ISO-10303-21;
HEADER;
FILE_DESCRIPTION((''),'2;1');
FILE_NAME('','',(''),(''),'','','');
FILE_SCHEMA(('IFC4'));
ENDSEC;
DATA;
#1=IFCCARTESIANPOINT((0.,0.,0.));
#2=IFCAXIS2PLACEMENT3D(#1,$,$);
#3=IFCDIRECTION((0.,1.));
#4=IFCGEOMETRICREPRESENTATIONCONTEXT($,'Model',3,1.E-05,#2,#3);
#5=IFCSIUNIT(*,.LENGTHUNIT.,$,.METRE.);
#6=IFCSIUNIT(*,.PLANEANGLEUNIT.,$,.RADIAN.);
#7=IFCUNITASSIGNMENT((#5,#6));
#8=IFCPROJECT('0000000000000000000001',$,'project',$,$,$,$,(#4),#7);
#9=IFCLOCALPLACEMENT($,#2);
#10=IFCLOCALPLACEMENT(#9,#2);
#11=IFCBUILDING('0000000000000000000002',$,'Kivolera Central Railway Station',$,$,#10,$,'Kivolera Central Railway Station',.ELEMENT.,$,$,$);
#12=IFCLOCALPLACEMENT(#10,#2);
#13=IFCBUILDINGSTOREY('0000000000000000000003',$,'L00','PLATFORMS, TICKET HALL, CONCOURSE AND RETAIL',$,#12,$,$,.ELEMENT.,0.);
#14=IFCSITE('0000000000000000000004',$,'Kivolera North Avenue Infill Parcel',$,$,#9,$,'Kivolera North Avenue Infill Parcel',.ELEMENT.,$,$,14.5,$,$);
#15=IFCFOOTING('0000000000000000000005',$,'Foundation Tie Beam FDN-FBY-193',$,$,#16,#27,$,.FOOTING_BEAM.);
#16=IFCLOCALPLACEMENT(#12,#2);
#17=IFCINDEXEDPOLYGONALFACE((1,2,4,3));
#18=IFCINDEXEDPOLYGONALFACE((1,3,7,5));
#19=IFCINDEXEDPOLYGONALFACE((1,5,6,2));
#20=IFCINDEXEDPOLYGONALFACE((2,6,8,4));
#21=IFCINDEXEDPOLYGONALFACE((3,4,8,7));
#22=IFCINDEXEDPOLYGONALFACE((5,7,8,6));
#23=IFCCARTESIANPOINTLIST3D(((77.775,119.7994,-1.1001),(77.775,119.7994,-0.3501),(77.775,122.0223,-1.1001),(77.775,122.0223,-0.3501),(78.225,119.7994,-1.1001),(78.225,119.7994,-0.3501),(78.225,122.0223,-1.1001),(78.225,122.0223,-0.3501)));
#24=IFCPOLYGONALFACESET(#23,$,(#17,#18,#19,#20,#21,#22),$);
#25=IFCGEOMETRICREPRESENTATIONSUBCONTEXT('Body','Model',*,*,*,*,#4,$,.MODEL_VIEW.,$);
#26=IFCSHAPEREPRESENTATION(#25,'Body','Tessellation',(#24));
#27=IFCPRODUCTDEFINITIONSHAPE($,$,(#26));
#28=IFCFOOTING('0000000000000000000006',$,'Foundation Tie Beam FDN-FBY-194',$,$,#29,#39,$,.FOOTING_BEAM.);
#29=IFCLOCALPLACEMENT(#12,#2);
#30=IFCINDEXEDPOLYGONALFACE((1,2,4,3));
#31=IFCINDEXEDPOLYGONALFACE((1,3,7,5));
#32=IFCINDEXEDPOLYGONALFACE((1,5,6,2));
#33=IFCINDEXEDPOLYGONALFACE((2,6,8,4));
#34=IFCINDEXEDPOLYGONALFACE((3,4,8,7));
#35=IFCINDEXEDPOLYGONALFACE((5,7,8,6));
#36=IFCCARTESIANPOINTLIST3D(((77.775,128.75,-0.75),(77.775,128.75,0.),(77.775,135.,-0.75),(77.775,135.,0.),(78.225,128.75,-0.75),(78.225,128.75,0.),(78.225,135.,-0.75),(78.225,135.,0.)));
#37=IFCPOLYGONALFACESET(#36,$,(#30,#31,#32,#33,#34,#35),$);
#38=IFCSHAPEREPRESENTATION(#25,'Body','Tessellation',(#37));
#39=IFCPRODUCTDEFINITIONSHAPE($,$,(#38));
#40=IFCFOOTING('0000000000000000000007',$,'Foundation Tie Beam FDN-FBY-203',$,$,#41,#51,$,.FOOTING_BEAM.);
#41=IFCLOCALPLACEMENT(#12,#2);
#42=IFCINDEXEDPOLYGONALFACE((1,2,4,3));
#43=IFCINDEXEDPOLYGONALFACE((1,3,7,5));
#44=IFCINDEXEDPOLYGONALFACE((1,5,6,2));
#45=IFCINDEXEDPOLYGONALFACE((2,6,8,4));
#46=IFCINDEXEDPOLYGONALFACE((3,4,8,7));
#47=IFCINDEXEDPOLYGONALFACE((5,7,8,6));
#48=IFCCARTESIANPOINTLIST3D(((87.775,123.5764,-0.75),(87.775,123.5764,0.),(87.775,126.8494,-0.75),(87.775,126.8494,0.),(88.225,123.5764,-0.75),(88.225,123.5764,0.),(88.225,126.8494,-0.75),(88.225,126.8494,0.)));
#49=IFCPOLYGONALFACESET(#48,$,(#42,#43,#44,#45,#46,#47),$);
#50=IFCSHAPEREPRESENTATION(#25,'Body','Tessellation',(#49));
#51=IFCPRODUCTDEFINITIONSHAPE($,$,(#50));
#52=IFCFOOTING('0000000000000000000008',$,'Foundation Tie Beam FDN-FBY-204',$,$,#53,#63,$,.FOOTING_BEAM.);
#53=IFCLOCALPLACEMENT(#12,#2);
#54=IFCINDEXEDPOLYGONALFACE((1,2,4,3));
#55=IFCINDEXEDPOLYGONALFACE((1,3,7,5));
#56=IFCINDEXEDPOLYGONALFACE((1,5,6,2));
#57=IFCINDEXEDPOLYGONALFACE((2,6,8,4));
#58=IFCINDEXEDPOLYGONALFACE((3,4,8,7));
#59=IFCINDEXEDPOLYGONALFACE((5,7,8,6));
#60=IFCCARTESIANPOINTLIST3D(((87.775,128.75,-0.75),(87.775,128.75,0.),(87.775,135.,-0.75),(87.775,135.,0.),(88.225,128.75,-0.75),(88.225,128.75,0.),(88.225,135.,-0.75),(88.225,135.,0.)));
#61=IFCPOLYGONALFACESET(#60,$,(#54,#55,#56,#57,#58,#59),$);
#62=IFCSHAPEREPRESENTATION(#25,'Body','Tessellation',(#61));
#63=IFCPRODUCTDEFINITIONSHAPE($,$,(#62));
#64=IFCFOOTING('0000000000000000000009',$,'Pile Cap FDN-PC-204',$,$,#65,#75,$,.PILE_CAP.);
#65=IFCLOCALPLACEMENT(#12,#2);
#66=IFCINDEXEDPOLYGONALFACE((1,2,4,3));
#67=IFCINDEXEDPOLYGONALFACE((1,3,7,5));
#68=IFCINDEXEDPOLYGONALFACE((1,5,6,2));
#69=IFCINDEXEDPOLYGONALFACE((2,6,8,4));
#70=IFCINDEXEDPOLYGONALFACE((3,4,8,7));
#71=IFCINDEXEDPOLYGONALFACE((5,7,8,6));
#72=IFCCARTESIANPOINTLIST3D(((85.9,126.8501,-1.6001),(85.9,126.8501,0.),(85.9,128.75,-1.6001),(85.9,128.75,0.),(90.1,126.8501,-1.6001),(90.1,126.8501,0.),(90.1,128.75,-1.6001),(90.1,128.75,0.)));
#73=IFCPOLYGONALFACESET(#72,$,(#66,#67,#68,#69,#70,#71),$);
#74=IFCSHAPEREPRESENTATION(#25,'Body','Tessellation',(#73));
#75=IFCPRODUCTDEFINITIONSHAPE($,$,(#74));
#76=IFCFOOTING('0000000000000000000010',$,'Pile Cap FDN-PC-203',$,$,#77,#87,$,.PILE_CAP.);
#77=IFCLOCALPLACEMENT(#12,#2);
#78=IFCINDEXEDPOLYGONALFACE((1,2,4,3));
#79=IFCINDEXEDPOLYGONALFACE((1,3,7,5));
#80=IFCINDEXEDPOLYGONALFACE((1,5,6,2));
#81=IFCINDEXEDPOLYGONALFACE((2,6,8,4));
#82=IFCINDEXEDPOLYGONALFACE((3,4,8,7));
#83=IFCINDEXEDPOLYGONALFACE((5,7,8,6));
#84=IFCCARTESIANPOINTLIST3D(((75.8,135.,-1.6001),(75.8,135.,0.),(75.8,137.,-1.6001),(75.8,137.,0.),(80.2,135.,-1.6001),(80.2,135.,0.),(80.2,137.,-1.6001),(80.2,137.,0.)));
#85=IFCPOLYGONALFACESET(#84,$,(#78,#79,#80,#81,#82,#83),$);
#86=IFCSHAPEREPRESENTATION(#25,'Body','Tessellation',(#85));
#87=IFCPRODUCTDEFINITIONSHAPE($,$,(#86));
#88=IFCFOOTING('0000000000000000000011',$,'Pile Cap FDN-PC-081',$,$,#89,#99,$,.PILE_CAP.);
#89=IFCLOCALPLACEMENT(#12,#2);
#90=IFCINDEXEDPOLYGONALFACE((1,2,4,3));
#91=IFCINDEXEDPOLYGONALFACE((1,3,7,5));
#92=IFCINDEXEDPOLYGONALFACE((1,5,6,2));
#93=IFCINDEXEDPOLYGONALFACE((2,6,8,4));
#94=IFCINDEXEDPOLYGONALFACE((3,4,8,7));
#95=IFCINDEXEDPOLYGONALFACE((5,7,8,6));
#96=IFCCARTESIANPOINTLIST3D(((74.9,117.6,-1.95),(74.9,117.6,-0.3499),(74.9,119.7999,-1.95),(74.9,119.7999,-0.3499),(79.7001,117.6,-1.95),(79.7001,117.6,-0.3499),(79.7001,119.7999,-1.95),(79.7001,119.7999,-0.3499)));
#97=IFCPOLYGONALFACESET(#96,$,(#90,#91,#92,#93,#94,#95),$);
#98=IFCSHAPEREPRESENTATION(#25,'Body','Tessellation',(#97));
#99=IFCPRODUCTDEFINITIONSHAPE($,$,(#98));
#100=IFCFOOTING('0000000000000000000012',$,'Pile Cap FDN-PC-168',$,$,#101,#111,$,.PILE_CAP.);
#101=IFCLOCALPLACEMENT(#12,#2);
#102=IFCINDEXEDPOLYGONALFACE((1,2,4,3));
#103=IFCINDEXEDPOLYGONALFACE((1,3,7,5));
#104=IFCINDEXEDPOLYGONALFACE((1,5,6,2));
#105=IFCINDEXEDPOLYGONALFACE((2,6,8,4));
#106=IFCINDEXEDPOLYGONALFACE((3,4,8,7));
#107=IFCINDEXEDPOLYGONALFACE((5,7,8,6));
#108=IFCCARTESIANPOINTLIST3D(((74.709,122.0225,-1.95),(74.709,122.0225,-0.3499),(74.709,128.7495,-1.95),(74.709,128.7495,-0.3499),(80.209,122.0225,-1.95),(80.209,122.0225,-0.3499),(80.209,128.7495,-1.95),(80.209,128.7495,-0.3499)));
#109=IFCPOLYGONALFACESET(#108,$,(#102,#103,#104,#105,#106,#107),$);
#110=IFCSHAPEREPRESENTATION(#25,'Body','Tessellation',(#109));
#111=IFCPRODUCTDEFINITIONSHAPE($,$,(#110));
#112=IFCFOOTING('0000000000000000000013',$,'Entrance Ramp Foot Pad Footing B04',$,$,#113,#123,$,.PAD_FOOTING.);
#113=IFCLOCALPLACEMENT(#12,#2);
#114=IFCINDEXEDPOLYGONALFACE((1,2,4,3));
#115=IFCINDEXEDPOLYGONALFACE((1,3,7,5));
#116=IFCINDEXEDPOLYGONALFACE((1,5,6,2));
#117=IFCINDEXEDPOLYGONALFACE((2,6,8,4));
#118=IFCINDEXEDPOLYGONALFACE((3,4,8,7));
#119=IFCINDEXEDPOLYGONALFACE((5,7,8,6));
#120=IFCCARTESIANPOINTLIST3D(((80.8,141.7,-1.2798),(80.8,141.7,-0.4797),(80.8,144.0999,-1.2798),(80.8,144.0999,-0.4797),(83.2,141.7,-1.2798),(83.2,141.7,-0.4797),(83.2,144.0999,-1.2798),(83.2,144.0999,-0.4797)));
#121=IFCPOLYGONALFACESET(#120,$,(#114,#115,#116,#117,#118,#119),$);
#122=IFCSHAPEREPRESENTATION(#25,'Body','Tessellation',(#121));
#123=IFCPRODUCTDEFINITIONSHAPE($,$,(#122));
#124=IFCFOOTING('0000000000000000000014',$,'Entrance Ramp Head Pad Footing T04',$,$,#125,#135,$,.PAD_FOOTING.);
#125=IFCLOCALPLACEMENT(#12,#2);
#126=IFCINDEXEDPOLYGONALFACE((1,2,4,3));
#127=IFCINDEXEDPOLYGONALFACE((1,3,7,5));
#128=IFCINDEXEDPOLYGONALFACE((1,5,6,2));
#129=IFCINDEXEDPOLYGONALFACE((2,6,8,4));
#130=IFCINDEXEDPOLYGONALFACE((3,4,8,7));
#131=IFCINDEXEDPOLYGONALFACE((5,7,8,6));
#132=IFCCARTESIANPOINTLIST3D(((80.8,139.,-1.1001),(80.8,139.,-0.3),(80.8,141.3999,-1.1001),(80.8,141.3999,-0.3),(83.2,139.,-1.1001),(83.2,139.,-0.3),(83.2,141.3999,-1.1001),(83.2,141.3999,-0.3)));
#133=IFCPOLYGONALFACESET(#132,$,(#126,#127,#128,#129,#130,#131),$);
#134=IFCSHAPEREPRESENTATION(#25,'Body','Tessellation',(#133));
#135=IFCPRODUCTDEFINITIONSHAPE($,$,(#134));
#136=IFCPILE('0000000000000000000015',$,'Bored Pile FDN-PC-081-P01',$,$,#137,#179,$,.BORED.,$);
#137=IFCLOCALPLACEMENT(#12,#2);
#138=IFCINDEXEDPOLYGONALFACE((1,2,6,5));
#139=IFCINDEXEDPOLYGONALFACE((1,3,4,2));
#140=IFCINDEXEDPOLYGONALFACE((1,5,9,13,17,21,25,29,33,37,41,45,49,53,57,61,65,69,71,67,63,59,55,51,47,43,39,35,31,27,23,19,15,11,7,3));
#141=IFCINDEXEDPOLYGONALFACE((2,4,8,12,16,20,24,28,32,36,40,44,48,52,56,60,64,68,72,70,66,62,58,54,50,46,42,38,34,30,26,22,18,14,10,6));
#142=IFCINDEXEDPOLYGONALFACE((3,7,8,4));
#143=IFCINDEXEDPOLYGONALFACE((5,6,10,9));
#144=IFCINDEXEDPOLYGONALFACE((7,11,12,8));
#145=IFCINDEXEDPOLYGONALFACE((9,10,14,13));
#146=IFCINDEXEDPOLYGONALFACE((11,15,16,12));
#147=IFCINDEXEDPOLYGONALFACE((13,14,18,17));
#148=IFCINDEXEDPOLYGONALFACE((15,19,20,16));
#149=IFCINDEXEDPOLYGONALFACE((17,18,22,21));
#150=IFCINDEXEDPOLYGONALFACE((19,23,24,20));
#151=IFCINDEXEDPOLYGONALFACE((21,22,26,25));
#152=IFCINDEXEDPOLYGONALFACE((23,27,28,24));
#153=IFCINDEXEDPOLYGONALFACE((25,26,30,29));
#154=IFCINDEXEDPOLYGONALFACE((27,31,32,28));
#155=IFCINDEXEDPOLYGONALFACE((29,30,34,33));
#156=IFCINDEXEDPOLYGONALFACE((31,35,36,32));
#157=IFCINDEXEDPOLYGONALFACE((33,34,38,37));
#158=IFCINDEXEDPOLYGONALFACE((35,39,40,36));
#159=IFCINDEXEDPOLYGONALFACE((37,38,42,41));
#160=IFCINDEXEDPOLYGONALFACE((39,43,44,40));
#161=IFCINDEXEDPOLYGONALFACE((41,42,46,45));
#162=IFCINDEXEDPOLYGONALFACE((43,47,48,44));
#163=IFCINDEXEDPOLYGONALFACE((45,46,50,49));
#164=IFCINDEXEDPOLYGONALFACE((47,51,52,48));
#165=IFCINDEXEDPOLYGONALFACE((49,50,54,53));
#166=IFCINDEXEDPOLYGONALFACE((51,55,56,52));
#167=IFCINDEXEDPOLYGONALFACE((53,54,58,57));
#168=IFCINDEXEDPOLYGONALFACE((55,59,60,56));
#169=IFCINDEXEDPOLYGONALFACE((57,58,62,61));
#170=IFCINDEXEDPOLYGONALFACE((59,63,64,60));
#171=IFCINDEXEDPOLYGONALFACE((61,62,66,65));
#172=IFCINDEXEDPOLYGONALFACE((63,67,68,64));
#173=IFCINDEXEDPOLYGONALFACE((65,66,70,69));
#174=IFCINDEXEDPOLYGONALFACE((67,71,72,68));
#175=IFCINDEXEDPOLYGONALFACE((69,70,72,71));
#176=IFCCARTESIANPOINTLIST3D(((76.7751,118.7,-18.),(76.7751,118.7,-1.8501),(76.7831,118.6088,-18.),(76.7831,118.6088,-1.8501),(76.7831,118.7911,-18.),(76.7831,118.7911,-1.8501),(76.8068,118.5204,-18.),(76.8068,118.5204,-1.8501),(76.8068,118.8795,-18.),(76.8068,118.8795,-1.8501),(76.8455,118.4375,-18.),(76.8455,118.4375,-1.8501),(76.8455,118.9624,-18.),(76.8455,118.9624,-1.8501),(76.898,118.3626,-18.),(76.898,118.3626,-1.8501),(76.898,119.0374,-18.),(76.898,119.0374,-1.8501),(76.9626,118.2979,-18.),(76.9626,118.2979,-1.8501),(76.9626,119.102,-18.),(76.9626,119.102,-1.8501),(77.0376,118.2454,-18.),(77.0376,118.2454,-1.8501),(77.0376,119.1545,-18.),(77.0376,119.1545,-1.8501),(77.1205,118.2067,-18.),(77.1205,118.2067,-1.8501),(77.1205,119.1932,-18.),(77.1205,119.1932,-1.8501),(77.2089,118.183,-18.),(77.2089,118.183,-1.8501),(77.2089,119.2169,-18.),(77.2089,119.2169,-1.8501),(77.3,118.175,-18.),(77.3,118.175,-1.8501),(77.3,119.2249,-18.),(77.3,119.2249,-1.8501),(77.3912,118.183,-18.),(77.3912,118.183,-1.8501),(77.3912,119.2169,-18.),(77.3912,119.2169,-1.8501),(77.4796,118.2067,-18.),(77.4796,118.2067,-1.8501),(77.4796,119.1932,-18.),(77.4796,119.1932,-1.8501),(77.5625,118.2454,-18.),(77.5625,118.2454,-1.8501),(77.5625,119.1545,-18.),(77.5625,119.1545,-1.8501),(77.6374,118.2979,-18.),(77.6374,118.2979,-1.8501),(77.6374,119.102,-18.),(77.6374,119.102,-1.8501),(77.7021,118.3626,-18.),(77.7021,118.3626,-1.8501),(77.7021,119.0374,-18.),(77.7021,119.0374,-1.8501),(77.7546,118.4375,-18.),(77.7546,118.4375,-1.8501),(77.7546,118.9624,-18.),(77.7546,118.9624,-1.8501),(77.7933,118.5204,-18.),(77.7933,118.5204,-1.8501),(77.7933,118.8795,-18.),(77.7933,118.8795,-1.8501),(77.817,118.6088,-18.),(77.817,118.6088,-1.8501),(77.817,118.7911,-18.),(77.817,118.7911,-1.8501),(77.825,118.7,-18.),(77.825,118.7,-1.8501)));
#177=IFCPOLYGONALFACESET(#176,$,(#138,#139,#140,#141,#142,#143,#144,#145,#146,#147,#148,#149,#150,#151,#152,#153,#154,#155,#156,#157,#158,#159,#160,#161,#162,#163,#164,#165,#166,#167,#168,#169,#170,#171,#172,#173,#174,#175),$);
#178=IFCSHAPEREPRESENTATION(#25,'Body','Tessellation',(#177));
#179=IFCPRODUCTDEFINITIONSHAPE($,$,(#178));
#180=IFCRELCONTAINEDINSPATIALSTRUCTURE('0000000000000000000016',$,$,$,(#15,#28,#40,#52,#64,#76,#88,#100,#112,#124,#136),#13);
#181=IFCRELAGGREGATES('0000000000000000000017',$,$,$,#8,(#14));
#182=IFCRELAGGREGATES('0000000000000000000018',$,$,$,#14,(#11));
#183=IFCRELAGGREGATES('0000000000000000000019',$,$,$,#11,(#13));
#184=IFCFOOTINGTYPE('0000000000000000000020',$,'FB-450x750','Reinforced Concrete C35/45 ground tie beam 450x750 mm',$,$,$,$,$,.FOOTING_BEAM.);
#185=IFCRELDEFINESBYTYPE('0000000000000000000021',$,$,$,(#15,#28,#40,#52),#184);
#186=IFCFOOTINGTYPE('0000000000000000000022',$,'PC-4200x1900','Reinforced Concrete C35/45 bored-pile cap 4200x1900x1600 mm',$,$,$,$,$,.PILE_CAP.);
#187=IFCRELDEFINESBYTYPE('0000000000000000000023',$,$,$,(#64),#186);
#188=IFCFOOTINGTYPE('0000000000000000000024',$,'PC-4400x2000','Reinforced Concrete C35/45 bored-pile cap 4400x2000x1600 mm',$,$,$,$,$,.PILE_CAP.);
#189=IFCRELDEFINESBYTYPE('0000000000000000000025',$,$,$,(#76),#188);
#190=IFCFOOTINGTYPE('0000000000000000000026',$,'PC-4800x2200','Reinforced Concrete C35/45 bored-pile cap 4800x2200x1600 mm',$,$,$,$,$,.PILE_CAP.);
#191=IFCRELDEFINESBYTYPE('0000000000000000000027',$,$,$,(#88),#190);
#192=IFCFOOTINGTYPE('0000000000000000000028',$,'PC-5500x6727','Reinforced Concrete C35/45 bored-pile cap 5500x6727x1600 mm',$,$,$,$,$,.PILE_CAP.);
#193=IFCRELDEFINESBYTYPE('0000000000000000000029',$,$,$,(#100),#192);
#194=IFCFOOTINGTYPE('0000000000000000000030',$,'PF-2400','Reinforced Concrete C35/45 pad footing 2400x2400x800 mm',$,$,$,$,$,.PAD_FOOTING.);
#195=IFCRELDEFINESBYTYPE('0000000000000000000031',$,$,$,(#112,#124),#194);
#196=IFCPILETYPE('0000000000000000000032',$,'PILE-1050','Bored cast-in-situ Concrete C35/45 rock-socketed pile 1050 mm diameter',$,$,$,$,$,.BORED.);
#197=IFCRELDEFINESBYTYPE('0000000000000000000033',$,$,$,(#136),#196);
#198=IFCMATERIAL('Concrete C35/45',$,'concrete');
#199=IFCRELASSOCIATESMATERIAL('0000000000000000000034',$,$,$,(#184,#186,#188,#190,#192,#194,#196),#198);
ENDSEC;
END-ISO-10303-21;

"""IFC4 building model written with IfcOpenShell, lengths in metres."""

from ifc_helpers import new_model, si_unit, direction, frame, origin, origin_2d, place, context, subcontext, project, spatial, rectangle, circle, extrude, material, material_profile, profile_set, type_object, element, save


model = new_model("IFC4")

# Units and contexts
model_context = context("Model", 3, precision=1e-05, world=origin(), true_north=direction((0.0, 1.0)))
body_context = subcontext(model_context, "Body", "Model", "MODEL_VIEW")
ifc_project = project(units=[si_unit("LENGTHUNIT", "METRE"), si_unit("PLANEANGLEUNIT", "RADIAN")], contexts=[model_context])

# Site, building, storey
site_placement = place(None, origin())
site = spatial("IfcSite", under=ifc_project, at=site_placement, Name="Kivolera North Avenue Infill Parcel", LongName="Kivolera North Avenue Infill Parcel", CompositionType="ELEMENT", RefElevation=14.5)
building_placement = place(site_placement, origin())
building = spatial("IfcBuilding", under=site, at=building_placement, Name="Kivolera Central Railway Station", LongName="Kivolera Central Railway Station", CompositionType="ELEMENT")
storey_placement = place(building_placement, origin())
storey = spatial("IfcBuildingStorey", under=building, at=storey_placement, Name="L00", Description="PLATFORMS, TICKET HALL, CONCOURSE AND RETAIL", CompositionType="ELEMENT", Elevation=0.0)

# Footings
ifc_material_1 = material(Name="Concrete C35/45", Category="concrete")
footing_type_1 = type_object("IfcFootingType", Name="FB-450x750", Description="Reinforced Concrete C35/45 ground tie beam 450x750 mm", PredefinedType="FOOTING_BEAM", material=ifc_material_1)
footing_1_placement = place(storey_placement, frame((78.0, 120.9109, -1.1001), z_axis=(0.0, 0.0, 1.0), x_axis=(1.0, 0.0, 0.0)))
element("IfcFooting", 1, at=footing_1_placement, inside=storey, type_object=footing_type_1, Name="Foundation Tie Beam FDN-FBY-193", PredefinedType="FOOTING_BEAM", context=body_context, shape_type="SweptSolid", body=[
    extrude(rectangle(XDim=0.45, YDim=2.2229, at=origin_2d()), origin(), (0.0, 0.0, 1.0), 0.75),
])
footing_2_placement = place(storey_placement, frame((78.0, 131.875, -0.75), z_axis=(0.0, 0.0, 1.0), x_axis=(1.0, 0.0, 0.0)))
element("IfcFooting", 2, at=footing_2_placement, inside=storey, type_object=footing_type_1, Name="Foundation Tie Beam FDN-FBY-194", PredefinedType="FOOTING_BEAM", context=body_context, shape_type="SweptSolid", body=[
    extrude(rectangle(XDim=0.45, YDim=6.25, at=origin_2d()), origin(), (0.0, 0.0, 1.0), 0.75),
])
footing_3_placement = place(storey_placement, frame((88.0, 125.2129, -0.75), z_axis=(0.0, 0.0, 1.0), x_axis=(1.0, 0.0, 0.0)))
element("IfcFooting", 3, at=footing_3_placement, inside=storey, type_object=footing_type_1, Name="Foundation Tie Beam FDN-FBY-203", PredefinedType="FOOTING_BEAM", context=body_context, shape_type="SweptSolid", body=[
    extrude(rectangle(XDim=0.45, YDim=3.2729, at=origin_2d()), origin(), (0.0, 0.0, 1.0), 0.75),
])
footing_4_placement = place(storey_placement, frame((88.0, 131.875, -0.75), z_axis=(0.0, 0.0, 1.0), x_axis=(1.0, 0.0, 0.0)))
element("IfcFooting", 4, at=footing_4_placement, inside=storey, type_object=footing_type_1, Name="Foundation Tie Beam FDN-FBY-204", PredefinedType="FOOTING_BEAM", context=body_context, shape_type="SweptSolid", body=[
    extrude(rectangle(XDim=0.45, YDim=6.25, at=origin_2d()), origin(), (0.0, 0.0, 1.0), 0.75),
])
footing_type_2 = type_object("IfcFootingType", Name="PC-4200x1900", Description="Reinforced Concrete C35/45 bored-pile cap 4200x1900x1600 mm", PredefinedType="PILE_CAP", material=ifc_material_1)
footing_5_placement = place(storey_placement, frame((88.0, 127.8, -1.6001), z_axis=(0.0, 0.0, 1.0), x_axis=(1.0, 0.0, 0.0)))
element("IfcFooting", 5, at=footing_5_placement, inside=storey, type_object=footing_type_2, Name="Pile Cap FDN-PC-204", PredefinedType="PILE_CAP", context=body_context, shape_type="SweptSolid", body=[
    extrude(rectangle(XDim=4.2, YDim=1.8999, at=origin_2d()), origin(), (0.0, 0.0, 1.0), 1.6001),
])
footing_type_3 = type_object("IfcFootingType", Name="PC-4400x2000", Description="Reinforced Concrete C35/45 bored-pile cap 4400x2000x1600 mm", PredefinedType="PILE_CAP", material=ifc_material_1)
footing_6_placement = place(storey_placement, frame((78.0, 136.0, -1.6001), z_axis=(0.0, 0.0, 1.0), x_axis=(1.0, 0.0, 0.0)))
element("IfcFooting", 6, at=footing_6_placement, inside=storey, type_object=footing_type_3, Name="Pile Cap FDN-PC-203", PredefinedType="PILE_CAP", context=body_context, shape_type="SweptSolid", body=[
    extrude(rectangle(XDim=4.3999, YDim=2.0, at=origin_2d()), origin(), (0.0, 0.0, 1.0), 1.6001),
])
footing_type_4 = type_object("IfcFootingType", Name="PC-4800x2200", Description="Reinforced Concrete C35/45 bored-pile cap 4800x2200x1600 mm", PredefinedType="PILE_CAP", material=ifc_material_1)
footing_7_placement = place(storey_placement, frame((77.3, 118.7, -1.95), z_axis=(0.0, 0.0, 1.0), x_axis=(1.0, 0.0, 0.0)))
element("IfcFooting", 7, at=footing_7_placement, inside=storey, type_object=footing_type_4, Name="Pile Cap FDN-PC-081", PredefinedType="PILE_CAP", context=body_context, shape_type="SweptSolid", body=[
    extrude(rectangle(XDim=4.8, YDim=2.2, at=origin_2d()), origin(), (0.0, 0.0, 1.0), 1.6001),
])
footing_type_5 = type_object("IfcFootingType", Name="PC-5500x6727", Description="Reinforced Concrete C35/45 bored-pile cap 5500x6727x1600 mm", PredefinedType="PILE_CAP", material=ifc_material_1)
footing_8_placement = place(storey_placement, frame((77.459, 125.386, -1.95), z_axis=(0.0, 0.0, 1.0), x_axis=(1.0, 0.0, 0.0)))
element("IfcFooting", 8, at=footing_8_placement, inside=storey, type_object=footing_type_5, Name="Pile Cap FDN-PC-168", PredefinedType="PILE_CAP", context=body_context, shape_type="SweptSolid", body=[
    extrude(rectangle(XDim=5.5, YDim=6.7271, at=origin_2d()), origin(), (0.0, 0.0, 1.0), 1.6001),
])
footing_type_6 = type_object("IfcFootingType", Name="PF-2400", Description="Reinforced Concrete C35/45 pad footing 2400x2400x800 mm", PredefinedType="PAD_FOOTING", material=ifc_material_1)
for number, where, z_axis, x_axis, name in (
    (9, (82.0, 142.8999, -1.2798), (0.0, 0.0, 1.0), (1.0, 0.0, 0.0), "Entrance Ramp Foot Pad Footing B04"),
    (10, (82.0, 140.2, -1.1001), (0.0, 0.0, 1.0), (1.0, 0.0, 0.0), "Entrance Ramp Head Pad Footing T04"),
):
    element("IfcFooting", number, at=place(storey_placement, frame(where, z_axis=z_axis, x_axis=x_axis)), inside=storey, type_object=footing_type_6, Name=name, PredefinedType="PAD_FOOTING", context=body_context, shape_type="SweptSolid", body=[
        extrude(rectangle(XDim=2.3999, YDim=2.3999, at=origin_2d()), origin(), (0.0, 0.0, 1.0), 0.8),
    ])

# Pile
ifc_material_profile_1 = material_profile(ifc_material_1, circle(Radius=0.5249, at=origin_2d()), Name="PILE D1050")
ifc_profile_set_1 = profile_set([ifc_material_profile_1], Name="Concrete C35/45")
pile_type_1 = type_object("IfcPileType", Name="PILE-1050", Description="Bored cast-in-situ Concrete C35/45 rock-socketed pile 1050 mm diameter", PredefinedType="BORED", material=ifc_profile_set_1)
pile_placement = place(storey_placement, frame((77.3, 118.7, -1.8501), z_axis=(0.0, 0.0, -1.0), x_axis=(1.0, 0.0, 0.0)))
element("IfcPile", 11, at=pile_placement, inside=storey, type_object=pile_type_1, Name="Bored Pile FDN-PC-081-P01", PredefinedType="BORED", context=body_context, shape_type="SweptSolid", body=[
    extrude(circle(Radius=0.5249, at=origin_2d()), origin(), (0.0, 0.0, 1.0), 16.1499),
])

save(model, "model.ifc")
